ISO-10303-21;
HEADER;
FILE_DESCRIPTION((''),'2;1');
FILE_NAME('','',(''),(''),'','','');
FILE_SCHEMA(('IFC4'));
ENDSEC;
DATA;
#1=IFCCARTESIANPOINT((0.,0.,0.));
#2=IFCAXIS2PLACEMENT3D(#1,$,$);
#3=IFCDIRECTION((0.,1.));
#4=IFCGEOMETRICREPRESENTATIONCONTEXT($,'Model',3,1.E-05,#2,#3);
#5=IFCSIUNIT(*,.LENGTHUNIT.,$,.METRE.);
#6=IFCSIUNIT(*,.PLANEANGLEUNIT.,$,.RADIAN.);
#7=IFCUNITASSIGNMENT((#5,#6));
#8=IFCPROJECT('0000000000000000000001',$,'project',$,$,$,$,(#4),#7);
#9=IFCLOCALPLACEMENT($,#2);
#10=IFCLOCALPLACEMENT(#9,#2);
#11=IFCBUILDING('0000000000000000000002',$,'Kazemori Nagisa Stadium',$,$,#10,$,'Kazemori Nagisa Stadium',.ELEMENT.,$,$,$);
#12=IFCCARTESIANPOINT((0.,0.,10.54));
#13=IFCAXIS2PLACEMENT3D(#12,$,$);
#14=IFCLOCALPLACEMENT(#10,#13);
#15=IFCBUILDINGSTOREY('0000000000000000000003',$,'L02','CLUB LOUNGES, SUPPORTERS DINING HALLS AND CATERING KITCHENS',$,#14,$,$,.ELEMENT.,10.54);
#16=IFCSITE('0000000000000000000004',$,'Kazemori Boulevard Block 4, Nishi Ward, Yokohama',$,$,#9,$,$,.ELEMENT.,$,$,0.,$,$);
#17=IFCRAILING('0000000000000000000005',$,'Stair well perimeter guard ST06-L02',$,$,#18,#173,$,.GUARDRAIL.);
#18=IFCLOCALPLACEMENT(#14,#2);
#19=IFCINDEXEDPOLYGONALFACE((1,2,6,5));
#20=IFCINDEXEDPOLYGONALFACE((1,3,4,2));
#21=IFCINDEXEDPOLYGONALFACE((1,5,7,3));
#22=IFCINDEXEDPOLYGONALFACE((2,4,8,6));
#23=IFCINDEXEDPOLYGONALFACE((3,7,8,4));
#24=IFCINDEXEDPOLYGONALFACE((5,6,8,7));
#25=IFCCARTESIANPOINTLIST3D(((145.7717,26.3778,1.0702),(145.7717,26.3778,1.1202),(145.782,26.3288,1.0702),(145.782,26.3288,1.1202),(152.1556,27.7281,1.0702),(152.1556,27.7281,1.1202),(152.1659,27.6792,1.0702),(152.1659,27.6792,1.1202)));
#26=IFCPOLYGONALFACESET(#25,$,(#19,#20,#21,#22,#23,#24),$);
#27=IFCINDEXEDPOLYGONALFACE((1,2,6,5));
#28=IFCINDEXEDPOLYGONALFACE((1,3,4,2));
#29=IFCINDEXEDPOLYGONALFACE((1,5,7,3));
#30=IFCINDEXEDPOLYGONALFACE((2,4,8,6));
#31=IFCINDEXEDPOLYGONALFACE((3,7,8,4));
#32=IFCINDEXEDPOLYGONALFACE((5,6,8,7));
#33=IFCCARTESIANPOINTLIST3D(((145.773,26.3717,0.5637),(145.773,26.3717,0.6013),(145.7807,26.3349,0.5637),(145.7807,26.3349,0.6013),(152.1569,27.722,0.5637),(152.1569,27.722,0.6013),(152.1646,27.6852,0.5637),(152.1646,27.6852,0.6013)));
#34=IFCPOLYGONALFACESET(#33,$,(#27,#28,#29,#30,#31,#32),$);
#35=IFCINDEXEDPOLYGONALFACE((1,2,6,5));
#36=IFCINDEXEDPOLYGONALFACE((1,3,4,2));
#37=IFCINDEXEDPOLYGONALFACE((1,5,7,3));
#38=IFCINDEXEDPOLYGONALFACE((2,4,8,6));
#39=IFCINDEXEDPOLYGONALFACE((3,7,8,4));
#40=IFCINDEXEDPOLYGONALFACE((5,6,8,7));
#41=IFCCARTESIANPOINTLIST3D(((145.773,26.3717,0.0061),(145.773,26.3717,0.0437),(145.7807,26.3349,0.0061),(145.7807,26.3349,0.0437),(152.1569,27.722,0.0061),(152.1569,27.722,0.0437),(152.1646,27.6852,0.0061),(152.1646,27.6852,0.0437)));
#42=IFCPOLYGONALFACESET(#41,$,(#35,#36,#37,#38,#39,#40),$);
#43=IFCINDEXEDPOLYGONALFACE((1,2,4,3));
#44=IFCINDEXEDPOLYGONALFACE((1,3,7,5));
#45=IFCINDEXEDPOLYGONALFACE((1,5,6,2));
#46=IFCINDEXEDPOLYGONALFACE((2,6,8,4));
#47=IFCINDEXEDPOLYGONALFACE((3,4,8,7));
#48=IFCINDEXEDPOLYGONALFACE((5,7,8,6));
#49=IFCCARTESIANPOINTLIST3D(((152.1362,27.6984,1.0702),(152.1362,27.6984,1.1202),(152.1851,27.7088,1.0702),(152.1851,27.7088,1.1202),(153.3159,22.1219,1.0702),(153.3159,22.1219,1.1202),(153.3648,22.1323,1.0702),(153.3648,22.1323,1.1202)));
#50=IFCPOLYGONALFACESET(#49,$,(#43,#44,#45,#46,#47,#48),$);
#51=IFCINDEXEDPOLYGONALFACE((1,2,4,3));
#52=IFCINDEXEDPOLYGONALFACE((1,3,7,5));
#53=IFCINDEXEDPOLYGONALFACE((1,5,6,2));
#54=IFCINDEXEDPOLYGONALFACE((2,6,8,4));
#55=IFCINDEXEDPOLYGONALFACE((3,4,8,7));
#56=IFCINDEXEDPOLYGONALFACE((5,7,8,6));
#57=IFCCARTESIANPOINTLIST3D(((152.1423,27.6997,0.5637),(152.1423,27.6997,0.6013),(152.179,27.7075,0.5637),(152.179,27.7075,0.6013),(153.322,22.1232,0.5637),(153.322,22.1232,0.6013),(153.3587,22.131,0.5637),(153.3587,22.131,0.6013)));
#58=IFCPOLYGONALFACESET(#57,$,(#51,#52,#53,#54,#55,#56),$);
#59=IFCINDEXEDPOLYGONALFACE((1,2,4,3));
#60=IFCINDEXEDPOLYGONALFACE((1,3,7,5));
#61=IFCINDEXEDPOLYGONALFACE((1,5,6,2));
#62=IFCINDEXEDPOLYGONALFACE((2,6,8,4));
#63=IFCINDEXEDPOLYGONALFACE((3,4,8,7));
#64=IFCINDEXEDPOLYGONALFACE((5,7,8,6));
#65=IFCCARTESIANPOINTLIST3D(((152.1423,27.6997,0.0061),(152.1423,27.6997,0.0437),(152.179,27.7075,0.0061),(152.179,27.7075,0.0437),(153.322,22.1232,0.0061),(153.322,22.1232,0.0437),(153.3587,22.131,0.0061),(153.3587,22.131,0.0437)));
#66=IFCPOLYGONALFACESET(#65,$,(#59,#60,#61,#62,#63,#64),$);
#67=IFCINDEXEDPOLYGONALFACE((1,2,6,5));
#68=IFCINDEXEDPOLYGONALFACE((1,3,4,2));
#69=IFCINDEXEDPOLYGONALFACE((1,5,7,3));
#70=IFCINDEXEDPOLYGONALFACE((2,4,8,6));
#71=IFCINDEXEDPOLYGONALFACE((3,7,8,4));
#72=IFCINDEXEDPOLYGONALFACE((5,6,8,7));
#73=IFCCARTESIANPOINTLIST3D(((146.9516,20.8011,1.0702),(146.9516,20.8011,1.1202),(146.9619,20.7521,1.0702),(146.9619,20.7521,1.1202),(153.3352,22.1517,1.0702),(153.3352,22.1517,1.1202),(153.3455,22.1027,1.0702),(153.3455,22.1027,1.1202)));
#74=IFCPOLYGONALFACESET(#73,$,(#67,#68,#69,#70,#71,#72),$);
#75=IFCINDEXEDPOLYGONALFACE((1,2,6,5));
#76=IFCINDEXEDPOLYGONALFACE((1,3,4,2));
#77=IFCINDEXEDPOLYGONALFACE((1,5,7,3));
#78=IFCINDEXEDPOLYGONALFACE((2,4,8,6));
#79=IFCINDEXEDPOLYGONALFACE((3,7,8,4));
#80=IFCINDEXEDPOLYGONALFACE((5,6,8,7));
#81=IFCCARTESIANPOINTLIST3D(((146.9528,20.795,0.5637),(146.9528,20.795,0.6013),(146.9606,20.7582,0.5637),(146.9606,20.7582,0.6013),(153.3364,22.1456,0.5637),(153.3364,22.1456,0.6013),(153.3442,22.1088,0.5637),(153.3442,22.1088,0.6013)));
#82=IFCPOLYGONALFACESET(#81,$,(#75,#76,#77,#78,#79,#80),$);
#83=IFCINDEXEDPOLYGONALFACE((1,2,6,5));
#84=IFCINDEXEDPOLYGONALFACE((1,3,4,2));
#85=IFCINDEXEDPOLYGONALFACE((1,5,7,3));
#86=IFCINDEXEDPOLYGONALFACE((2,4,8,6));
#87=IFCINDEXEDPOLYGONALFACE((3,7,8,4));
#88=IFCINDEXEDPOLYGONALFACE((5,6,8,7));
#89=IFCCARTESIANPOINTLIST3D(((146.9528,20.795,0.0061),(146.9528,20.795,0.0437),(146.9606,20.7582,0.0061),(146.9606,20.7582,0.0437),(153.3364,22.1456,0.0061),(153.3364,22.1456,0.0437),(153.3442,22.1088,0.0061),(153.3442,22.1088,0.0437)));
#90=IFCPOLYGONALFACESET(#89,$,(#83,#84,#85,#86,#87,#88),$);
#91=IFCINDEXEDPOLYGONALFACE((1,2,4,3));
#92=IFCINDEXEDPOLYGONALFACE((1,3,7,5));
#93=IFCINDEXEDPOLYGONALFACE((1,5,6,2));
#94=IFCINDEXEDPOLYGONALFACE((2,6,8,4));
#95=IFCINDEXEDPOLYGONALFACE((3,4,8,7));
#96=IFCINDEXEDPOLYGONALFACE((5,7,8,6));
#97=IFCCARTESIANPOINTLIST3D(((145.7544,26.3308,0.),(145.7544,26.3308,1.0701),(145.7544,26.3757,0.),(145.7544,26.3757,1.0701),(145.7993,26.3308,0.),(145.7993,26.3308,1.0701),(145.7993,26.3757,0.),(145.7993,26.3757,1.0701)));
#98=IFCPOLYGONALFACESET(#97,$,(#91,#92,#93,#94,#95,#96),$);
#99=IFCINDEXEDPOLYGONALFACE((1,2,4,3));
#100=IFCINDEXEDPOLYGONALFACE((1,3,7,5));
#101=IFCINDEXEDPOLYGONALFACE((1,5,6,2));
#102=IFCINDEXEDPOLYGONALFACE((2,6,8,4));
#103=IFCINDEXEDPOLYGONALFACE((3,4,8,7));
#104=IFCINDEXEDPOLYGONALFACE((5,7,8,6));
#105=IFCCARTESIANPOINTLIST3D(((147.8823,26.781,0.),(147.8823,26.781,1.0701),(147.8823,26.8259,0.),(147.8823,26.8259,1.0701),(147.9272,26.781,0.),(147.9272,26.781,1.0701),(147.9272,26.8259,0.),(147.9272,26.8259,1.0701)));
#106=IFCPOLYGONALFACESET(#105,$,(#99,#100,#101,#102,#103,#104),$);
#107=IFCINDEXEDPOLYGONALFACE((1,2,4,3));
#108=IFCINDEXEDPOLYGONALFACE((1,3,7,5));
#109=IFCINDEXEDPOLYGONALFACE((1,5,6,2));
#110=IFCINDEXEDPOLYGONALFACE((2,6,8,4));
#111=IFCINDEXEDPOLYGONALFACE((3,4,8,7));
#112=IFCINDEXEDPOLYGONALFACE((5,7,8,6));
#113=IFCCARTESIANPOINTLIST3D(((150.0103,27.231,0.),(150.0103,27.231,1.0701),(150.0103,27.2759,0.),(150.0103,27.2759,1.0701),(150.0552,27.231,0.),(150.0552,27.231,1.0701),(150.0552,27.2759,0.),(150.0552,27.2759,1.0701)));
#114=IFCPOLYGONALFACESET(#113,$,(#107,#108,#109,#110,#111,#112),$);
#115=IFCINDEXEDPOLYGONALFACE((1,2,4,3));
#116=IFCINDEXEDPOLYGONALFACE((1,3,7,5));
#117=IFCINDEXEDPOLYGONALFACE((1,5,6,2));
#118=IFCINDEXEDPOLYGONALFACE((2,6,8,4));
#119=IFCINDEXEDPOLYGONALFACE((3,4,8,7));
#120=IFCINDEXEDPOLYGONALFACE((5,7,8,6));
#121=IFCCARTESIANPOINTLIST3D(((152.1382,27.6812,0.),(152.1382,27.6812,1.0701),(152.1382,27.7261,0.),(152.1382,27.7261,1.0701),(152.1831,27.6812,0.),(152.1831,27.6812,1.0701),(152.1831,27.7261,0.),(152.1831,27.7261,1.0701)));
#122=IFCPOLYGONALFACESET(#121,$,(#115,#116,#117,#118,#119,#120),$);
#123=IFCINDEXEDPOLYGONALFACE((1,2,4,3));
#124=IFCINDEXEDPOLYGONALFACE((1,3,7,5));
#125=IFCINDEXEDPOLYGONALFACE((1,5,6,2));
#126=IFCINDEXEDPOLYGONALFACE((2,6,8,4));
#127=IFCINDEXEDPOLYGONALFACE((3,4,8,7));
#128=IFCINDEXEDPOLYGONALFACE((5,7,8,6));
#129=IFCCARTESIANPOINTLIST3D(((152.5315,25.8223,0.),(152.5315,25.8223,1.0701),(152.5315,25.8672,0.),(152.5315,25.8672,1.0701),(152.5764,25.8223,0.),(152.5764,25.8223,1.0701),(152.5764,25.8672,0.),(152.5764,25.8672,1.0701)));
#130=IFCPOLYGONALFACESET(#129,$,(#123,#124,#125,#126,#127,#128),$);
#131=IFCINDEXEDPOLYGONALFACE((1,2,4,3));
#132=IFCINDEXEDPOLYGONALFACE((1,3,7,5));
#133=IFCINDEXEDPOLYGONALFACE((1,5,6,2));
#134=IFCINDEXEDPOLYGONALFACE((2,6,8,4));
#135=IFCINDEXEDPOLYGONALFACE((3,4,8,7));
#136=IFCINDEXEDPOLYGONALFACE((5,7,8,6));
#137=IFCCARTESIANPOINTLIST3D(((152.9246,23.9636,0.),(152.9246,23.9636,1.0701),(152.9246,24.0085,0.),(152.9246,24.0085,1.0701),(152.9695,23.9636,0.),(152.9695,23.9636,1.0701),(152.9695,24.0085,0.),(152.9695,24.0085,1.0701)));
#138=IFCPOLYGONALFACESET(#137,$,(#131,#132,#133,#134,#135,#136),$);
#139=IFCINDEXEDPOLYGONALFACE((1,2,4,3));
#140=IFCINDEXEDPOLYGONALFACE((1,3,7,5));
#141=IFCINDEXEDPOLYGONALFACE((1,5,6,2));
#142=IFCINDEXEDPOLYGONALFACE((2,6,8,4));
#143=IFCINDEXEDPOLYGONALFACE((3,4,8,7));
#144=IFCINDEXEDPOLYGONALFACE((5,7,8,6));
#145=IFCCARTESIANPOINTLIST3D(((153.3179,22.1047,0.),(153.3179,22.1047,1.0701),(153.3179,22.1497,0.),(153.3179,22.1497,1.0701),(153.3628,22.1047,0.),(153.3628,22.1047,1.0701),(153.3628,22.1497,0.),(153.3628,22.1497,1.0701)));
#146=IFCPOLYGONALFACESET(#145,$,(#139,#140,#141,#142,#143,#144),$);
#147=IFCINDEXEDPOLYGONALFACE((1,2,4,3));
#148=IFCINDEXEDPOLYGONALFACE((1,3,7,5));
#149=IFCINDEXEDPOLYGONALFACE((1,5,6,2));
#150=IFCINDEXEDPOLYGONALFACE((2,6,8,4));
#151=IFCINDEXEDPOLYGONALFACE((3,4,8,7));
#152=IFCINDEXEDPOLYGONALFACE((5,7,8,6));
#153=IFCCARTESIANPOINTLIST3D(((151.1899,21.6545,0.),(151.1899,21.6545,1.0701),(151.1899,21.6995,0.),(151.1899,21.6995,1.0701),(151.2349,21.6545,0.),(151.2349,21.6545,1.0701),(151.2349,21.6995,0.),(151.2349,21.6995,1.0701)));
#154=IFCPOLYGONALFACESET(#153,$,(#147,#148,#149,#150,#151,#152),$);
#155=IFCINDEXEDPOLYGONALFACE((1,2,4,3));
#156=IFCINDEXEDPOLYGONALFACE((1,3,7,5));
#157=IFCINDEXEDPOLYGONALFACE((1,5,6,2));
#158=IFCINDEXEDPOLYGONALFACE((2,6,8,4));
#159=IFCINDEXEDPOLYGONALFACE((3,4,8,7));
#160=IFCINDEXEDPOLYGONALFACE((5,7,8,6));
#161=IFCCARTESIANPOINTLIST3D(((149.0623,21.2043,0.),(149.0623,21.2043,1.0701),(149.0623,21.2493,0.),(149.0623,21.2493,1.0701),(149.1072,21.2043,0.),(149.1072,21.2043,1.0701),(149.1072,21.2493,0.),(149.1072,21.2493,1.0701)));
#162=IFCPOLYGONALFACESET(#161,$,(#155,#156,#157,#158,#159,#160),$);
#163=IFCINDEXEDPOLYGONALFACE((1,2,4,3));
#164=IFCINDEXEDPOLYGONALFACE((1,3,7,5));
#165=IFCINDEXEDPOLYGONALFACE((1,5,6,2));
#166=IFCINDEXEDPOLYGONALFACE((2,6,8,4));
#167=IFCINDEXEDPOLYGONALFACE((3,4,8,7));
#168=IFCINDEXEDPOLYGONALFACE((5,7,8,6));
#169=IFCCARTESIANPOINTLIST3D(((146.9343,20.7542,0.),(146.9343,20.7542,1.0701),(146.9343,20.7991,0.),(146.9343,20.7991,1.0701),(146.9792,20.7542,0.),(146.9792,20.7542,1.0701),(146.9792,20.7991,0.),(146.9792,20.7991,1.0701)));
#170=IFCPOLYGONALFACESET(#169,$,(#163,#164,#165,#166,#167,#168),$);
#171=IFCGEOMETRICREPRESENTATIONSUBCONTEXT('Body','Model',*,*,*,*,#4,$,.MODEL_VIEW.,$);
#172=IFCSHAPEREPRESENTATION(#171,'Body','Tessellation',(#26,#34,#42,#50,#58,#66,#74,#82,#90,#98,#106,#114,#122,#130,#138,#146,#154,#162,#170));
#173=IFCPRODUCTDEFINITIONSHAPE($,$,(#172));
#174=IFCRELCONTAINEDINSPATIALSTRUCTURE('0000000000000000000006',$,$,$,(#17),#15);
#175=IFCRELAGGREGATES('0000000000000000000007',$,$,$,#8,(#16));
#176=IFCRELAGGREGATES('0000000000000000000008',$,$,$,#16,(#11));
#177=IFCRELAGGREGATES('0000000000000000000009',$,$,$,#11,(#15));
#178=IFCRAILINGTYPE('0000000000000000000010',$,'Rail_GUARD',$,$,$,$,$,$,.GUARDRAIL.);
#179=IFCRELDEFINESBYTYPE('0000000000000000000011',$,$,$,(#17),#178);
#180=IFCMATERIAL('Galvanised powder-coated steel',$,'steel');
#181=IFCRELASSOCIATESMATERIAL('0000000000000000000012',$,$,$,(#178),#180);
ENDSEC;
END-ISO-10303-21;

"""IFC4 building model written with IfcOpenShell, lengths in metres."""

from ifc_helpers import new_model, si_unit, direction, frame, origin, origin_2d, place, context, subcontext, project, spatial, rectangle, extrude, material, type_object, element, save


model = new_model("IFC4")

# Units and contexts
model_context = context("Model", 3, precision=1e-05, world=origin(), true_north=direction((0.0, 1.0)))
body_context = subcontext(model_context, "Body", "Model", "MODEL_VIEW")
ifc_project = project(units=[si_unit("LENGTHUNIT", "METRE"), si_unit("PLANEANGLEUNIT", "RADIAN")], contexts=[model_context])

# Site, building, storey
site_placement = place(None, origin())
site = spatial("IfcSite", under=ifc_project, at=site_placement, Name="Kazemori Boulevard Block 4, Nishi Ward, Yokohama", CompositionType="ELEMENT", RefElevation=0.0)
building_placement = place(site_placement, origin())
building = spatial("IfcBuilding", under=site, at=building_placement, Name="Kazemori Nagisa Stadium", LongName="Kazemori Nagisa Stadium", CompositionType="ELEMENT")
storey_placement = place(building_placement, frame((0.0, 0.0, 10.54)))
storey = spatial("IfcBuildingStorey", under=building, at=storey_placement, Name="L02", Description="CLUB LOUNGES, SUPPORTERS DINING HALLS AND CATERING KITCHENS", CompositionType="ELEMENT", Elevation=10.54)

# Railing
ifc_material_1 = material(Name="Galvanised powder-coated steel", Category="steel")
railing_type_1 = type_object("IfcRailingType", Name="Rail_GUARD", PredefinedType="GUARDRAIL", material=ifc_material_1)
railing_1_placement = place(storey_placement, frame((145.7769, 26.3533, 0.0)))
element("IfcRailing", 1, at=railing_1_placement, inside=storey, type_object=railing_type_1, Name="Stair well perimeter guard ST06-L02", PredefinedType="GUARDRAIL", context=body_context, shape_type="SweptSolid", body=[
    extrude(rectangle(XDim=0.05, YDim=0.05, at=origin_2d()), frame((0.0, 0.0, 1.0952), z_axis=(0.978352, 0.206948, 0.0), x_axis=(-0.206948, 0.978352, 0.0)), (0.0, 0.0, 1.0), 6.5251),
    extrude(rectangle(XDim=0.0376, YDim=0.0376, at=origin_2d()), frame((0.0, 0.0, 0.5825), z_axis=(0.978352, 0.206948, 0.0), x_axis=(-0.206948, 0.978352, 0.0)), (0.0, 0.0, 1.0), 6.5251),
    extrude(rectangle(XDim=0.0376, YDim=0.0376, at=origin_2d()), frame((0.0, 0.0, 0.0249), z_axis=(0.978352, 0.206948, 0.0), x_axis=(-0.206948, 0.978352, 0.0)), (0.0, 0.0, 1.0), 6.5251),
    extrude(rectangle(XDim=0.05, YDim=0.05, at=origin_2d()), frame((6.3838, 1.3503, 1.0952), z_axis=(0.206969, -0.978348, 0.0), x_axis=(0.978348, 0.206969, 0.0)), (0.0, 0.0, 1.0), 5.7),
    extrude(rectangle(XDim=0.0376, YDim=0.0376, at=origin_2d()), frame((6.3838, 1.3503, 0.5825), z_axis=(0.206969, -0.978348, 0.0), x_axis=(0.978348, 0.206969, 0.0)), (0.0, 0.0, 1.0), 5.7),
    extrude(rectangle(XDim=0.0376, YDim=0.0376, at=origin_2d()), frame((6.3838, 1.3503, 0.0249), z_axis=(0.206969, -0.978348, 0.0), x_axis=(0.978348, 0.206969, 0.0)), (0.0, 0.0, 1.0), 5.7),
    extrude(rectangle(XDim=0.05, YDim=0.05, at=origin_2d()), frame((7.5635, -4.2261, 1.0952), z_axis=(-0.978343, -0.206991, 0.0), x_axis=(0.206991, -0.978343, 0.0)), (0.0, 0.0, 1.0), 6.5249),
    extrude(rectangle(XDim=0.0376, YDim=0.0376, at=origin_2d()), frame((7.5635, -4.2261, 0.5825), z_axis=(-0.978343, -0.206991, 0.0), x_axis=(0.206991, -0.978343, 0.0)), (0.0, 0.0, 1.0), 6.5249),
    extrude(rectangle(XDim=0.0376, YDim=0.0376, at=origin_2d()), frame((7.5635, -4.2261, 0.0249), z_axis=(-0.978343, -0.206991, 0.0), x_axis=(0.206991, -0.978343, 0.0)), (0.0, 0.0, 1.0), 6.5249),
    extrude(rectangle(XDim=0.0449, YDim=0.0449, at=origin_2d()), origin(), (0.0, 0.0, 1.0), 1.0701),
    extrude(rectangle(XDim=0.0449, YDim=0.0449, at=origin_2d()), frame((2.1279, 0.4502, 0.0)), (0.0, 0.0, 1.0), 1.0701),
    extrude(rectangle(XDim=0.0449, YDim=0.0449, at=origin_2d()), frame((4.2559, 0.9001, 0.0)), (0.0, 0.0, 1.0), 1.0701),
    extrude(rectangle(XDim=0.0449, YDim=0.0449, at=origin_2d()), frame((6.3838, 1.3503, 0.0)), (0.0, 0.0, 1.0), 1.0701),
    extrude(rectangle(XDim=0.0449, YDim=0.0449, at=origin_2d()), frame((6.7771, -0.5085, 0.0)), (0.0, 0.0, 1.0), 1.0701),
    extrude(rectangle(XDim=0.0449, YDim=0.0449, at=origin_2d()), frame((7.1702, -2.3672, 0.0)), (0.0, 0.0, 1.0), 1.0701),
    extrude(rectangle(XDim=0.0449, YDim=0.0449, at=origin_2d()), frame((7.5635, -4.2261, 0.0)), (0.0, 0.0, 1.0), 1.0701),
    extrude(rectangle(XDim=0.0449, YDim=0.0449, at=origin_2d()), frame((5.4355, -4.6763, 0.0)), (0.0, 0.0, 1.0), 1.0701),
    extrude(rectangle(XDim=0.0449, YDim=0.0449, at=origin_2d()), frame((3.3079, -5.1265, 0.0)), (0.0, 0.0, 1.0), 1.0701),
    extrude(rectangle(XDim=0.0449, YDim=0.0449, at=origin_2d()), frame((1.1799, -5.5767, 0.0)), (0.0, 0.0, 1.0), 1.0701),
])

save(model, "model.ifc")
